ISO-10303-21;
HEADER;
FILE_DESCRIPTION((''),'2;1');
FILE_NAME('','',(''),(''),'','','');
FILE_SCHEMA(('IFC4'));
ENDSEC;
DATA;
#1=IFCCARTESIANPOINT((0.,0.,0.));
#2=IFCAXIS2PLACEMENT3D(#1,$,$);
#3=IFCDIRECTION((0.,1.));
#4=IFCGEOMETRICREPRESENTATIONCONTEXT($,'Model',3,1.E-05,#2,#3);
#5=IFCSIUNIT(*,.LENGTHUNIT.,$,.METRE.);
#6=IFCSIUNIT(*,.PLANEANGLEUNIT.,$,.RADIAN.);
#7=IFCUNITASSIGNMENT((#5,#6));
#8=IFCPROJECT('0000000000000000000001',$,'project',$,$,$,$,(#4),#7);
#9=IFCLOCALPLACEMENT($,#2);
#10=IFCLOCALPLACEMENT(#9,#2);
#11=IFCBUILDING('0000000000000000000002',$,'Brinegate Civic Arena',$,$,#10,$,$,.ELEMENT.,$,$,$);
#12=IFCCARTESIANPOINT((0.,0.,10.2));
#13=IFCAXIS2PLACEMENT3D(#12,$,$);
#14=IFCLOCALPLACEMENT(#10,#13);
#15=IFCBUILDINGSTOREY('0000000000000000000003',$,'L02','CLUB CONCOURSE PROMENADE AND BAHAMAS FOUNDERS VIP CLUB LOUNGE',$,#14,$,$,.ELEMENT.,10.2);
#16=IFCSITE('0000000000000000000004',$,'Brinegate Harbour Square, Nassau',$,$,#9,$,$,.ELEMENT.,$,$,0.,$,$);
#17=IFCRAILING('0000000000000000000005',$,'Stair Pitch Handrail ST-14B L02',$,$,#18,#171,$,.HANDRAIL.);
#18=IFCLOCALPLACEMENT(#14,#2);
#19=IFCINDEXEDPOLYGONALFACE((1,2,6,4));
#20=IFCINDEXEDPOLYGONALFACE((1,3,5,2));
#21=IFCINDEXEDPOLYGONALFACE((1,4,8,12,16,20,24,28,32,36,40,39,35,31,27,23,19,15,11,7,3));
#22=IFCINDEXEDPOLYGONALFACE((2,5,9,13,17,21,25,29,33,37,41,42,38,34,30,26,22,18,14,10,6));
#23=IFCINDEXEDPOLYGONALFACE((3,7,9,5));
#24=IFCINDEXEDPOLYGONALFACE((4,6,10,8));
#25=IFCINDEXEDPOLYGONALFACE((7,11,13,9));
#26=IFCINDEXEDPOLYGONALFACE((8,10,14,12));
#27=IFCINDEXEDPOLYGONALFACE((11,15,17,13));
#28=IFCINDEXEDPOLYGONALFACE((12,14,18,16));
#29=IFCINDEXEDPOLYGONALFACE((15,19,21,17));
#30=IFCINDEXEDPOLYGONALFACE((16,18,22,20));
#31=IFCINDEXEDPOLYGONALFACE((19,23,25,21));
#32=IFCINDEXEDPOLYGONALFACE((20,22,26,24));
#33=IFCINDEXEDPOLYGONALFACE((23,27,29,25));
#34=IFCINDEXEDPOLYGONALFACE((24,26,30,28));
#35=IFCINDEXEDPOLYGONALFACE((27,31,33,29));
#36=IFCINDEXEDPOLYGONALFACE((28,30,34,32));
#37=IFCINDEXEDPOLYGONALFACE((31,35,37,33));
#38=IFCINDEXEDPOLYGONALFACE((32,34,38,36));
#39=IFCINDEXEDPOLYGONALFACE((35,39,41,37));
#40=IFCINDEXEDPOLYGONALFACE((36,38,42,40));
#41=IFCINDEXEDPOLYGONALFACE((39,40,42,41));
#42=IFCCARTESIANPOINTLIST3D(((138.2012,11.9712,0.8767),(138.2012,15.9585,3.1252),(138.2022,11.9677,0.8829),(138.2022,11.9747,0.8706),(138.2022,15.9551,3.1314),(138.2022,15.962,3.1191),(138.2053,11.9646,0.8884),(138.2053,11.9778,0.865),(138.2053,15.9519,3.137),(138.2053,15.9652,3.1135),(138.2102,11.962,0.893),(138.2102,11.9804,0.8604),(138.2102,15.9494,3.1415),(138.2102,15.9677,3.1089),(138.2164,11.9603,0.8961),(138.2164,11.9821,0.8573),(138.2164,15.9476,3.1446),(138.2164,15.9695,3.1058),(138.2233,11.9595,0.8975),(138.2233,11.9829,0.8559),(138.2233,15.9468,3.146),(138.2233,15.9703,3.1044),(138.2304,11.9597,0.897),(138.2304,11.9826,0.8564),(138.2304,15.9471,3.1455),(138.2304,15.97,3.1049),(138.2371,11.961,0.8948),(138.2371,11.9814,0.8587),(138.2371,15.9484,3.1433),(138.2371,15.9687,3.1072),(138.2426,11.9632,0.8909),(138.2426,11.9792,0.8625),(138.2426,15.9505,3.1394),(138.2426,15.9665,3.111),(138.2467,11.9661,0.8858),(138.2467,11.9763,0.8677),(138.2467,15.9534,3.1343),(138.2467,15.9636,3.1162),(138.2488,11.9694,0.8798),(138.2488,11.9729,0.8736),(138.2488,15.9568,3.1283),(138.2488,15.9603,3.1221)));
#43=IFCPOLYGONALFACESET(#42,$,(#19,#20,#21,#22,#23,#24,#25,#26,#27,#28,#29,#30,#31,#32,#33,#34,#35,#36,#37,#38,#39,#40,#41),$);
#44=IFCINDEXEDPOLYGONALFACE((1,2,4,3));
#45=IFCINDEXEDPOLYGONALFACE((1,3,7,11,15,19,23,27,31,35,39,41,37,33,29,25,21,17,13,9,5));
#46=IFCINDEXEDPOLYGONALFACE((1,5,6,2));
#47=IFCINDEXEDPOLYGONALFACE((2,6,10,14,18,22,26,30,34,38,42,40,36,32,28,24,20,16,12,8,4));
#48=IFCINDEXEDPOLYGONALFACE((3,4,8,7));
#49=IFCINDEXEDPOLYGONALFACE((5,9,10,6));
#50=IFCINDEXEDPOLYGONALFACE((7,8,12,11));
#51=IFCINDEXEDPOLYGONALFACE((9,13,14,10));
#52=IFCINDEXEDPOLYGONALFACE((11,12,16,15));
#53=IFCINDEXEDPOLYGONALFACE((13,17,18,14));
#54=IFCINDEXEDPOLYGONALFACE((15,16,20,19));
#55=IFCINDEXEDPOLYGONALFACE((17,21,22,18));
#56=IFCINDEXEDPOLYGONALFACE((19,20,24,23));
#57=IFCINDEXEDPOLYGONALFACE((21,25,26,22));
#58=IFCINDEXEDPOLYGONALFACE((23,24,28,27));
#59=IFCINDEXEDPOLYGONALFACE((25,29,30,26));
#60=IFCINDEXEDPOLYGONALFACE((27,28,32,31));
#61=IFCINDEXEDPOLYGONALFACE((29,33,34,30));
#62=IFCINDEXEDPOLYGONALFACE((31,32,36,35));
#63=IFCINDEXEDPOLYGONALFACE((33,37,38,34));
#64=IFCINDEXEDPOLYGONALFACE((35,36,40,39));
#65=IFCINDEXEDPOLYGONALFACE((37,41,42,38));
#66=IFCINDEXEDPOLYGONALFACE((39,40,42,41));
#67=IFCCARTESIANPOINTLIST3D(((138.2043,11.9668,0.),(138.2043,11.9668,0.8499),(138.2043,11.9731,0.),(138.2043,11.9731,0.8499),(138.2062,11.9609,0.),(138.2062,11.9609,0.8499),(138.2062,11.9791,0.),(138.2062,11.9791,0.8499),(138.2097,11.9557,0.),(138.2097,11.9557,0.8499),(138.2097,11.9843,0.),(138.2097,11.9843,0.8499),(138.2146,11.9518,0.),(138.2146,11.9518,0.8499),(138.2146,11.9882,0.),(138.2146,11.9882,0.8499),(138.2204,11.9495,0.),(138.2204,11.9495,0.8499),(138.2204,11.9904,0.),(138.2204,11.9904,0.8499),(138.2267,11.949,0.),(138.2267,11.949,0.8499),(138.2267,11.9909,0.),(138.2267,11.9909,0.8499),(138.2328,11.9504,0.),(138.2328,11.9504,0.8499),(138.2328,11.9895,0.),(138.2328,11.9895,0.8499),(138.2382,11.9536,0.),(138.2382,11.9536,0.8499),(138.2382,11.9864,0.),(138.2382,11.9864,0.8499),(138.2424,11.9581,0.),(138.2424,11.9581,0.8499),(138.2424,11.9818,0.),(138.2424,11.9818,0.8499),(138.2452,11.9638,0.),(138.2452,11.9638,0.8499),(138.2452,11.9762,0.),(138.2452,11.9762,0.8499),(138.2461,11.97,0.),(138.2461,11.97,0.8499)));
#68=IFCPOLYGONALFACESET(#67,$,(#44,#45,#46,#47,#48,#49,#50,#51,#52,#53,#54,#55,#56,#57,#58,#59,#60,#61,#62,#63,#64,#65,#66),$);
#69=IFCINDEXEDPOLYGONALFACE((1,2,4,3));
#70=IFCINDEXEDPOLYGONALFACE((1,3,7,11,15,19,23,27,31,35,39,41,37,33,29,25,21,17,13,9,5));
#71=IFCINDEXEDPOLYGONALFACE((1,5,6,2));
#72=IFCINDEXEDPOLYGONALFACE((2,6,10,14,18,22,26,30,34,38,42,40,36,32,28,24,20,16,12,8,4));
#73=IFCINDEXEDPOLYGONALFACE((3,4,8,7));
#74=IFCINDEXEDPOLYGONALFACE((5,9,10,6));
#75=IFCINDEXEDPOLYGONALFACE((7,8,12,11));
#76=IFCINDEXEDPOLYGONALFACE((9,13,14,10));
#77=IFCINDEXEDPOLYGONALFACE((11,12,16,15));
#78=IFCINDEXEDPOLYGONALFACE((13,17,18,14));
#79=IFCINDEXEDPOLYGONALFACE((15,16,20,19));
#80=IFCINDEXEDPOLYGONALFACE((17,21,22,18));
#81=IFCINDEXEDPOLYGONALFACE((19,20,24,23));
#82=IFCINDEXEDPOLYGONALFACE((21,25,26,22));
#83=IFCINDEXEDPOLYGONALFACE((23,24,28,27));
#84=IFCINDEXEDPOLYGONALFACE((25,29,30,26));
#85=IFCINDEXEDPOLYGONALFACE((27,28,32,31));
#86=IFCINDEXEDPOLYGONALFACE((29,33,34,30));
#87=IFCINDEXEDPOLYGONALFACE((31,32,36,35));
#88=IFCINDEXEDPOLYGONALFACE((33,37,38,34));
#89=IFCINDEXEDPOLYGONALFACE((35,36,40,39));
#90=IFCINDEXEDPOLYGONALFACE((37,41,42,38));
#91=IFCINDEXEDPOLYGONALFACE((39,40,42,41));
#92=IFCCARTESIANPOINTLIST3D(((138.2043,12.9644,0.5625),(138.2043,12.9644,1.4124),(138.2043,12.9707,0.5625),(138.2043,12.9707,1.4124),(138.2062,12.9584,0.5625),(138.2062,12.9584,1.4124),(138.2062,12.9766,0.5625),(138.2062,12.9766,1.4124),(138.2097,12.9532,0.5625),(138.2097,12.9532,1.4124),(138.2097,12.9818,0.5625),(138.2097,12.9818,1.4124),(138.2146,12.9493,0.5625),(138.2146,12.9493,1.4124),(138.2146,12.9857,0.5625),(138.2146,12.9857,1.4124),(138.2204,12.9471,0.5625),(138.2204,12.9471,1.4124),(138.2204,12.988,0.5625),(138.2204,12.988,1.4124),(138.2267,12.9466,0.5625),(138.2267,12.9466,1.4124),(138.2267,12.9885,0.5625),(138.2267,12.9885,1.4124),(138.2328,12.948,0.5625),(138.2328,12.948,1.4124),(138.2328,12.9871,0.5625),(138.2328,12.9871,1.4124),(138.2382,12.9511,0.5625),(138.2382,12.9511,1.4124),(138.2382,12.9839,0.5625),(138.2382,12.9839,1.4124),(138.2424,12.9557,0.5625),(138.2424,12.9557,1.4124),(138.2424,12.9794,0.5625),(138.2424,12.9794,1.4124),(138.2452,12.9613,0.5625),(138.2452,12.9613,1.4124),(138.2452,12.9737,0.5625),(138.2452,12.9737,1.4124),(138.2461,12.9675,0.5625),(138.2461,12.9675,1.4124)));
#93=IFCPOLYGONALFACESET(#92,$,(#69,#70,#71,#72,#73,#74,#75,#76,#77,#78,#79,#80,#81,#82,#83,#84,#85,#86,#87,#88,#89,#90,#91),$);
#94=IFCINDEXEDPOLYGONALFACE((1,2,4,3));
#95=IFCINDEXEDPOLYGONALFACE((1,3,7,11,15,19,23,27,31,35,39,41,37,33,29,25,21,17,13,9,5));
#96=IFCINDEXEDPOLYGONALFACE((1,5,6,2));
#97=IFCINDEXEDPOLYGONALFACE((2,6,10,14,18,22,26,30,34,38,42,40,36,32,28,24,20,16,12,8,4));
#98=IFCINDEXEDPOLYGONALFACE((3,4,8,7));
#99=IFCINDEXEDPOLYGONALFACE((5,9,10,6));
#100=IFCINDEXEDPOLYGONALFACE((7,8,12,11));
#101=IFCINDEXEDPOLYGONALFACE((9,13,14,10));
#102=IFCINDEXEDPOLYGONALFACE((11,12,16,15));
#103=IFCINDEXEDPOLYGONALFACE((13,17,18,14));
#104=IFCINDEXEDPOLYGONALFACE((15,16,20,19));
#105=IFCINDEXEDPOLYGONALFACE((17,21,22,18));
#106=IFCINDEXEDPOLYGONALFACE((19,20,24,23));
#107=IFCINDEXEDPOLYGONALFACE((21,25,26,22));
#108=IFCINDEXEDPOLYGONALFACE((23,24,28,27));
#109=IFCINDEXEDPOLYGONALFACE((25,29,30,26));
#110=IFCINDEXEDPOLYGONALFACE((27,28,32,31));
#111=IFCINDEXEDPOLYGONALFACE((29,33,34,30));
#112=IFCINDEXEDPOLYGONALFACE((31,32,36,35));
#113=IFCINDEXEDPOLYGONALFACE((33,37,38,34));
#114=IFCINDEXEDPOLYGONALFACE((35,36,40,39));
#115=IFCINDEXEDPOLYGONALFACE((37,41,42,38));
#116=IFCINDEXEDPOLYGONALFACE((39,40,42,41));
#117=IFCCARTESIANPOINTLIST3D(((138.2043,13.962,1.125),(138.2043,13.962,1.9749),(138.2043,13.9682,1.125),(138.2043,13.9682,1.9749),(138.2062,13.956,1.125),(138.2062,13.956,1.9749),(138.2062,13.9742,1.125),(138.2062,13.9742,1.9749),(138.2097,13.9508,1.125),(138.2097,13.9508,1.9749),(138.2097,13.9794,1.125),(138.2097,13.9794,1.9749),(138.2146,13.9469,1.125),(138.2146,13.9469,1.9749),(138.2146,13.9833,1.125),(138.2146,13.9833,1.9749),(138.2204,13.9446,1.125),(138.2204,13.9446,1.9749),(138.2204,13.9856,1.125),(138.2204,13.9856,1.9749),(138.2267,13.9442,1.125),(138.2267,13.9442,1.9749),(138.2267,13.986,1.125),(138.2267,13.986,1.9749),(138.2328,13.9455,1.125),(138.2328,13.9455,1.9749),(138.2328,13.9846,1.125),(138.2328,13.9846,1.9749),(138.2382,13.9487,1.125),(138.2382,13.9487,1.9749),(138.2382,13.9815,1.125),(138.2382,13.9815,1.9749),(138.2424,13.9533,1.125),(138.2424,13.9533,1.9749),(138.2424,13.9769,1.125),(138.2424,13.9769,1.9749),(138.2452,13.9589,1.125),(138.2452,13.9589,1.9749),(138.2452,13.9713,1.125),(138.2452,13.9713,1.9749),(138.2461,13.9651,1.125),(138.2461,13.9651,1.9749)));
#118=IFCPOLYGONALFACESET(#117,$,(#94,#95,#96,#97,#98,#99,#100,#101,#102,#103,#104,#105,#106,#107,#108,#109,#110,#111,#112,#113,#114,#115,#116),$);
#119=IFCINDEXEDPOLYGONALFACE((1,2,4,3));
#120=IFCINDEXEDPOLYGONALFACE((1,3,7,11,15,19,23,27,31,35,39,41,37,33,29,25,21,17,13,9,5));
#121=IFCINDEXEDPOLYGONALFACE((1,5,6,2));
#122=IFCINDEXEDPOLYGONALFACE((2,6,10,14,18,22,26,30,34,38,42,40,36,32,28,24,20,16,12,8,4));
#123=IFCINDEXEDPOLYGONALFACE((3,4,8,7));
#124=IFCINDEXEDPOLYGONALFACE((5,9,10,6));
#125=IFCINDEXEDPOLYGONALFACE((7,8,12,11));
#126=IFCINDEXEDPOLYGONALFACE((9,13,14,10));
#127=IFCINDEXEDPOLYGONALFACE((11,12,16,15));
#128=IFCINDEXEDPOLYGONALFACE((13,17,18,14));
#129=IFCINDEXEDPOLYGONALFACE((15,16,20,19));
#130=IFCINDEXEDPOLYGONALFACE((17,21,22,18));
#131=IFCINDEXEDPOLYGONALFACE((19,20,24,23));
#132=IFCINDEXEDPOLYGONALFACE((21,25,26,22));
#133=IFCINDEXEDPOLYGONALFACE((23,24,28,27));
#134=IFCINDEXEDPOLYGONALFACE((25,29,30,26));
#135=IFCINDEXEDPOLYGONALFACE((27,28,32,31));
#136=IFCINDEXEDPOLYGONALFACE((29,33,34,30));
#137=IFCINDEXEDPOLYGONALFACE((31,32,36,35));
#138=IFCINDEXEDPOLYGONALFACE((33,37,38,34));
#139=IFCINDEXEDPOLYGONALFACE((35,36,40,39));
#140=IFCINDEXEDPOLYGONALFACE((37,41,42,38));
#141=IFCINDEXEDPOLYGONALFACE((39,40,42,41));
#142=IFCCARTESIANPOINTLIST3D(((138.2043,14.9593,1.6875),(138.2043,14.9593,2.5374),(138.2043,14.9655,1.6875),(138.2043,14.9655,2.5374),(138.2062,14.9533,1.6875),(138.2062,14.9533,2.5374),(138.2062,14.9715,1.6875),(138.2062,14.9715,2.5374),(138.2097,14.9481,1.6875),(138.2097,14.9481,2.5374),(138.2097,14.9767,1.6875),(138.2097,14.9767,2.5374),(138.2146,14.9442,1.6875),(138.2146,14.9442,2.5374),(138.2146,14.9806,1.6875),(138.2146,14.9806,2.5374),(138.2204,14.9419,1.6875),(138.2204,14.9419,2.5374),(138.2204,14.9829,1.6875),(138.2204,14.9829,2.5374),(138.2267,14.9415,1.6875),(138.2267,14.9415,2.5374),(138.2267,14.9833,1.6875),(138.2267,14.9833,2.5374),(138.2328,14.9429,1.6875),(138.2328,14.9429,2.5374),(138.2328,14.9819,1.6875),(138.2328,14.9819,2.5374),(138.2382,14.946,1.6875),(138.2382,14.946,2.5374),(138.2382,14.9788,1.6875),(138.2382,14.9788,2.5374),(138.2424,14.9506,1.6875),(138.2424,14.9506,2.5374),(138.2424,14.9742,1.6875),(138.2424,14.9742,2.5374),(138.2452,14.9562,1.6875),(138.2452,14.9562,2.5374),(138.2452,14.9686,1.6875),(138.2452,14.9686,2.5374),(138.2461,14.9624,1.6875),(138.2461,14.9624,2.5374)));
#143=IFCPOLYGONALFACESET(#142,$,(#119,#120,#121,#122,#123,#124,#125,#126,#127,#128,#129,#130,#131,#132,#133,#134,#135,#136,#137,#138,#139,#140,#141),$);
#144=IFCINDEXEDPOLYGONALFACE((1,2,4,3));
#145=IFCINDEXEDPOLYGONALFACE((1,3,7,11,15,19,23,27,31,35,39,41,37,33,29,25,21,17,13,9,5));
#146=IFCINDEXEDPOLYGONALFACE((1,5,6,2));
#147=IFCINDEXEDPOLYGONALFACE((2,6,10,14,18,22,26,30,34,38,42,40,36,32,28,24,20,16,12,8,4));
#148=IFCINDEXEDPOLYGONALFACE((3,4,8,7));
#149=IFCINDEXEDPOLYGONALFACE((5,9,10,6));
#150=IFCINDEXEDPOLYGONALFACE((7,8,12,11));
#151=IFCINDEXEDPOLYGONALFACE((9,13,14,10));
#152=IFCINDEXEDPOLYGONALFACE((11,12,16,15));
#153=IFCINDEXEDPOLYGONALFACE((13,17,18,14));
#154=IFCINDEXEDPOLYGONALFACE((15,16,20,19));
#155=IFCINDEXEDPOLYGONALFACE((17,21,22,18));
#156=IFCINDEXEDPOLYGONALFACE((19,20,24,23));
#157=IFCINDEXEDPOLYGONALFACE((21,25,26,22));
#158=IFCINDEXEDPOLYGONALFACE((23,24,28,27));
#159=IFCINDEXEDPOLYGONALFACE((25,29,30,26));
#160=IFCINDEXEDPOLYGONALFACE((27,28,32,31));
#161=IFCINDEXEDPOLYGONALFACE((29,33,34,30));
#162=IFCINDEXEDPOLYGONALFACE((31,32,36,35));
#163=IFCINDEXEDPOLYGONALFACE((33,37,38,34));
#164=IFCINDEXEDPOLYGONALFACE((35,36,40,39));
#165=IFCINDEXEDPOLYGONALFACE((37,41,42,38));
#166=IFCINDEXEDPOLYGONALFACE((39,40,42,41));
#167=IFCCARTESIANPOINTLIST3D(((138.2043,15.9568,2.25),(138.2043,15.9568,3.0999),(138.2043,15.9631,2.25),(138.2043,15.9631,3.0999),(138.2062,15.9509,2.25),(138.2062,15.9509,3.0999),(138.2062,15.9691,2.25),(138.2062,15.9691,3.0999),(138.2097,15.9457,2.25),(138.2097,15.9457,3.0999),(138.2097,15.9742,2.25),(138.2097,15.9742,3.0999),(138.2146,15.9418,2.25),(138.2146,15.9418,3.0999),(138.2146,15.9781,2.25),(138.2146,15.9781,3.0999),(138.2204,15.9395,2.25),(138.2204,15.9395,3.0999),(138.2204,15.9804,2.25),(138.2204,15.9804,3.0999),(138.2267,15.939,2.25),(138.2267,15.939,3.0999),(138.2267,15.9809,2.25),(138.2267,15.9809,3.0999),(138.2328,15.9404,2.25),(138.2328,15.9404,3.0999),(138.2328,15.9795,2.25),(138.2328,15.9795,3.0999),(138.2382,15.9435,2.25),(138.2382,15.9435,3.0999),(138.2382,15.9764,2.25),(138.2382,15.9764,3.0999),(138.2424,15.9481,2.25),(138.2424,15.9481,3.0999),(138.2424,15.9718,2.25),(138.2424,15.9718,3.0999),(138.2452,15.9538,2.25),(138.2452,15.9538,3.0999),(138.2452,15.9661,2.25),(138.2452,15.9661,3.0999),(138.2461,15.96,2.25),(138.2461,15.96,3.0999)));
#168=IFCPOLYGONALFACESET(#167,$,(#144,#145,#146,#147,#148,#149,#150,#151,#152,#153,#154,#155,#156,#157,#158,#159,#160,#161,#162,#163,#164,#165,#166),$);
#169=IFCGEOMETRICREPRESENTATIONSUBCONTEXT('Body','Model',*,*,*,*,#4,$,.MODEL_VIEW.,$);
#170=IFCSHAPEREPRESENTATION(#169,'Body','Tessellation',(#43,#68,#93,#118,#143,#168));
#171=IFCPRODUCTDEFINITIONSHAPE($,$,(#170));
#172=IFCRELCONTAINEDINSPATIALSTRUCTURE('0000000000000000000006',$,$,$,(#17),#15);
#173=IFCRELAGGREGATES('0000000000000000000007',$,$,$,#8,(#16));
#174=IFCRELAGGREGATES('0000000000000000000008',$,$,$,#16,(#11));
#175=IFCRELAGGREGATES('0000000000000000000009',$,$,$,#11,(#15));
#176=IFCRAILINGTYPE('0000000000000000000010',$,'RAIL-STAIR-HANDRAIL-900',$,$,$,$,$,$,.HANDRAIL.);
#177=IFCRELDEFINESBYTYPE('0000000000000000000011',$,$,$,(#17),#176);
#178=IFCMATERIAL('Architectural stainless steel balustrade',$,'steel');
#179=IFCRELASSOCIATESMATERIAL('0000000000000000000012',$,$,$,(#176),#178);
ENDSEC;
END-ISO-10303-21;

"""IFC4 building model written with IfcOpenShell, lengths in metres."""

from ifc_helpers import new_model, si_unit, direction, frame, origin, origin_2d, place, context, subcontext, project, spatial, circle, extrude, material, type_object, element, save


model = new_model("IFC4")

# Units and contexts
model_context = context("Model", 3, precision=1e-05, world=origin(), true_north=direction((0.0, 1.0)))
body_context = subcontext(model_context, "Body", "Model", "MODEL_VIEW")
ifc_project = project(units=[si_unit("LENGTHUNIT", "METRE"), si_unit("PLANEANGLEUNIT", "RADIAN")], contexts=[model_context])

# Site, building, storey
site_placement = place(None, origin())
site = spatial("IfcSite", under=ifc_project, at=site_placement, Name="Brinegate Harbour Square, Nassau", CompositionType="ELEMENT", RefElevation=0.0)
building_placement = place(site_placement, origin())
building = spatial("IfcBuilding", under=site, at=building_placement, Name="Brinegate Civic Arena", CompositionType="ELEMENT")
storey_placement = place(building_placement, frame((0.0, 0.0, 10.2)))
storey = spatial("IfcBuildingStorey", under=building, at=storey_placement, Name="L02", Description="CLUB CONCOURSE PROMENADE AND BAHAMAS FOUNDERS VIP CLUB LOUNGE", CompositionType="ELEMENT", Elevation=10.2)

# Railing
ifc_material_1 = material(Name="Architectural stainless steel balustrade", Category="steel")
railing_type_1 = type_object("IfcRailingType", Name="RAIL-STAIR-HANDRAIL-900", PredefinedType="HANDRAIL", material=ifc_material_1)
railing_1_placement = place(storey_placement, frame((138.2251, 11.97, 0.0)))
element("IfcRailing", 1, at=railing_1_placement, inside=storey, type_object=railing_type_1, Name="Stair Pitch Handrail ST-14B L02", PredefinedType="HANDRAIL", context=body_context, shape_type="SweptSolid", body=[
    extrude(circle(Radius=0.0239, at=origin_2d()), frame((0.0, 0.0012, 0.8767), z_axis=(0.0, 0.87105, 0.491195), x_axis=(-1.0, 0.0, 0.0)), (0.0, 0.0, 1.0), 4.5776),
    extrude(circle(Radius=0.021, at=origin_2d()), origin(), (0.0, 0.0, 1.0), 0.8499),
    extrude(circle(Radius=0.021, at=origin_2d()), frame((0.0, 0.9976, 0.5625)), (0.0, 0.0, 1.0), 0.8499),
    extrude(circle(Radius=0.021, at=origin_2d()), frame((0.0, 1.9951, 1.125)), (0.0, 0.0, 1.0), 0.8499),
    extrude(circle(Radius=0.021, at=origin_2d()), frame((0.0, 2.9924, 1.6875)), (0.0, 0.0, 1.0), 0.8499),
    extrude(circle(Radius=0.021, at=origin_2d()), frame((0.0, 3.99, 2.25)), (0.0, 0.0, 1.0), 0.8499),
])

save(model, "model.ifc")
